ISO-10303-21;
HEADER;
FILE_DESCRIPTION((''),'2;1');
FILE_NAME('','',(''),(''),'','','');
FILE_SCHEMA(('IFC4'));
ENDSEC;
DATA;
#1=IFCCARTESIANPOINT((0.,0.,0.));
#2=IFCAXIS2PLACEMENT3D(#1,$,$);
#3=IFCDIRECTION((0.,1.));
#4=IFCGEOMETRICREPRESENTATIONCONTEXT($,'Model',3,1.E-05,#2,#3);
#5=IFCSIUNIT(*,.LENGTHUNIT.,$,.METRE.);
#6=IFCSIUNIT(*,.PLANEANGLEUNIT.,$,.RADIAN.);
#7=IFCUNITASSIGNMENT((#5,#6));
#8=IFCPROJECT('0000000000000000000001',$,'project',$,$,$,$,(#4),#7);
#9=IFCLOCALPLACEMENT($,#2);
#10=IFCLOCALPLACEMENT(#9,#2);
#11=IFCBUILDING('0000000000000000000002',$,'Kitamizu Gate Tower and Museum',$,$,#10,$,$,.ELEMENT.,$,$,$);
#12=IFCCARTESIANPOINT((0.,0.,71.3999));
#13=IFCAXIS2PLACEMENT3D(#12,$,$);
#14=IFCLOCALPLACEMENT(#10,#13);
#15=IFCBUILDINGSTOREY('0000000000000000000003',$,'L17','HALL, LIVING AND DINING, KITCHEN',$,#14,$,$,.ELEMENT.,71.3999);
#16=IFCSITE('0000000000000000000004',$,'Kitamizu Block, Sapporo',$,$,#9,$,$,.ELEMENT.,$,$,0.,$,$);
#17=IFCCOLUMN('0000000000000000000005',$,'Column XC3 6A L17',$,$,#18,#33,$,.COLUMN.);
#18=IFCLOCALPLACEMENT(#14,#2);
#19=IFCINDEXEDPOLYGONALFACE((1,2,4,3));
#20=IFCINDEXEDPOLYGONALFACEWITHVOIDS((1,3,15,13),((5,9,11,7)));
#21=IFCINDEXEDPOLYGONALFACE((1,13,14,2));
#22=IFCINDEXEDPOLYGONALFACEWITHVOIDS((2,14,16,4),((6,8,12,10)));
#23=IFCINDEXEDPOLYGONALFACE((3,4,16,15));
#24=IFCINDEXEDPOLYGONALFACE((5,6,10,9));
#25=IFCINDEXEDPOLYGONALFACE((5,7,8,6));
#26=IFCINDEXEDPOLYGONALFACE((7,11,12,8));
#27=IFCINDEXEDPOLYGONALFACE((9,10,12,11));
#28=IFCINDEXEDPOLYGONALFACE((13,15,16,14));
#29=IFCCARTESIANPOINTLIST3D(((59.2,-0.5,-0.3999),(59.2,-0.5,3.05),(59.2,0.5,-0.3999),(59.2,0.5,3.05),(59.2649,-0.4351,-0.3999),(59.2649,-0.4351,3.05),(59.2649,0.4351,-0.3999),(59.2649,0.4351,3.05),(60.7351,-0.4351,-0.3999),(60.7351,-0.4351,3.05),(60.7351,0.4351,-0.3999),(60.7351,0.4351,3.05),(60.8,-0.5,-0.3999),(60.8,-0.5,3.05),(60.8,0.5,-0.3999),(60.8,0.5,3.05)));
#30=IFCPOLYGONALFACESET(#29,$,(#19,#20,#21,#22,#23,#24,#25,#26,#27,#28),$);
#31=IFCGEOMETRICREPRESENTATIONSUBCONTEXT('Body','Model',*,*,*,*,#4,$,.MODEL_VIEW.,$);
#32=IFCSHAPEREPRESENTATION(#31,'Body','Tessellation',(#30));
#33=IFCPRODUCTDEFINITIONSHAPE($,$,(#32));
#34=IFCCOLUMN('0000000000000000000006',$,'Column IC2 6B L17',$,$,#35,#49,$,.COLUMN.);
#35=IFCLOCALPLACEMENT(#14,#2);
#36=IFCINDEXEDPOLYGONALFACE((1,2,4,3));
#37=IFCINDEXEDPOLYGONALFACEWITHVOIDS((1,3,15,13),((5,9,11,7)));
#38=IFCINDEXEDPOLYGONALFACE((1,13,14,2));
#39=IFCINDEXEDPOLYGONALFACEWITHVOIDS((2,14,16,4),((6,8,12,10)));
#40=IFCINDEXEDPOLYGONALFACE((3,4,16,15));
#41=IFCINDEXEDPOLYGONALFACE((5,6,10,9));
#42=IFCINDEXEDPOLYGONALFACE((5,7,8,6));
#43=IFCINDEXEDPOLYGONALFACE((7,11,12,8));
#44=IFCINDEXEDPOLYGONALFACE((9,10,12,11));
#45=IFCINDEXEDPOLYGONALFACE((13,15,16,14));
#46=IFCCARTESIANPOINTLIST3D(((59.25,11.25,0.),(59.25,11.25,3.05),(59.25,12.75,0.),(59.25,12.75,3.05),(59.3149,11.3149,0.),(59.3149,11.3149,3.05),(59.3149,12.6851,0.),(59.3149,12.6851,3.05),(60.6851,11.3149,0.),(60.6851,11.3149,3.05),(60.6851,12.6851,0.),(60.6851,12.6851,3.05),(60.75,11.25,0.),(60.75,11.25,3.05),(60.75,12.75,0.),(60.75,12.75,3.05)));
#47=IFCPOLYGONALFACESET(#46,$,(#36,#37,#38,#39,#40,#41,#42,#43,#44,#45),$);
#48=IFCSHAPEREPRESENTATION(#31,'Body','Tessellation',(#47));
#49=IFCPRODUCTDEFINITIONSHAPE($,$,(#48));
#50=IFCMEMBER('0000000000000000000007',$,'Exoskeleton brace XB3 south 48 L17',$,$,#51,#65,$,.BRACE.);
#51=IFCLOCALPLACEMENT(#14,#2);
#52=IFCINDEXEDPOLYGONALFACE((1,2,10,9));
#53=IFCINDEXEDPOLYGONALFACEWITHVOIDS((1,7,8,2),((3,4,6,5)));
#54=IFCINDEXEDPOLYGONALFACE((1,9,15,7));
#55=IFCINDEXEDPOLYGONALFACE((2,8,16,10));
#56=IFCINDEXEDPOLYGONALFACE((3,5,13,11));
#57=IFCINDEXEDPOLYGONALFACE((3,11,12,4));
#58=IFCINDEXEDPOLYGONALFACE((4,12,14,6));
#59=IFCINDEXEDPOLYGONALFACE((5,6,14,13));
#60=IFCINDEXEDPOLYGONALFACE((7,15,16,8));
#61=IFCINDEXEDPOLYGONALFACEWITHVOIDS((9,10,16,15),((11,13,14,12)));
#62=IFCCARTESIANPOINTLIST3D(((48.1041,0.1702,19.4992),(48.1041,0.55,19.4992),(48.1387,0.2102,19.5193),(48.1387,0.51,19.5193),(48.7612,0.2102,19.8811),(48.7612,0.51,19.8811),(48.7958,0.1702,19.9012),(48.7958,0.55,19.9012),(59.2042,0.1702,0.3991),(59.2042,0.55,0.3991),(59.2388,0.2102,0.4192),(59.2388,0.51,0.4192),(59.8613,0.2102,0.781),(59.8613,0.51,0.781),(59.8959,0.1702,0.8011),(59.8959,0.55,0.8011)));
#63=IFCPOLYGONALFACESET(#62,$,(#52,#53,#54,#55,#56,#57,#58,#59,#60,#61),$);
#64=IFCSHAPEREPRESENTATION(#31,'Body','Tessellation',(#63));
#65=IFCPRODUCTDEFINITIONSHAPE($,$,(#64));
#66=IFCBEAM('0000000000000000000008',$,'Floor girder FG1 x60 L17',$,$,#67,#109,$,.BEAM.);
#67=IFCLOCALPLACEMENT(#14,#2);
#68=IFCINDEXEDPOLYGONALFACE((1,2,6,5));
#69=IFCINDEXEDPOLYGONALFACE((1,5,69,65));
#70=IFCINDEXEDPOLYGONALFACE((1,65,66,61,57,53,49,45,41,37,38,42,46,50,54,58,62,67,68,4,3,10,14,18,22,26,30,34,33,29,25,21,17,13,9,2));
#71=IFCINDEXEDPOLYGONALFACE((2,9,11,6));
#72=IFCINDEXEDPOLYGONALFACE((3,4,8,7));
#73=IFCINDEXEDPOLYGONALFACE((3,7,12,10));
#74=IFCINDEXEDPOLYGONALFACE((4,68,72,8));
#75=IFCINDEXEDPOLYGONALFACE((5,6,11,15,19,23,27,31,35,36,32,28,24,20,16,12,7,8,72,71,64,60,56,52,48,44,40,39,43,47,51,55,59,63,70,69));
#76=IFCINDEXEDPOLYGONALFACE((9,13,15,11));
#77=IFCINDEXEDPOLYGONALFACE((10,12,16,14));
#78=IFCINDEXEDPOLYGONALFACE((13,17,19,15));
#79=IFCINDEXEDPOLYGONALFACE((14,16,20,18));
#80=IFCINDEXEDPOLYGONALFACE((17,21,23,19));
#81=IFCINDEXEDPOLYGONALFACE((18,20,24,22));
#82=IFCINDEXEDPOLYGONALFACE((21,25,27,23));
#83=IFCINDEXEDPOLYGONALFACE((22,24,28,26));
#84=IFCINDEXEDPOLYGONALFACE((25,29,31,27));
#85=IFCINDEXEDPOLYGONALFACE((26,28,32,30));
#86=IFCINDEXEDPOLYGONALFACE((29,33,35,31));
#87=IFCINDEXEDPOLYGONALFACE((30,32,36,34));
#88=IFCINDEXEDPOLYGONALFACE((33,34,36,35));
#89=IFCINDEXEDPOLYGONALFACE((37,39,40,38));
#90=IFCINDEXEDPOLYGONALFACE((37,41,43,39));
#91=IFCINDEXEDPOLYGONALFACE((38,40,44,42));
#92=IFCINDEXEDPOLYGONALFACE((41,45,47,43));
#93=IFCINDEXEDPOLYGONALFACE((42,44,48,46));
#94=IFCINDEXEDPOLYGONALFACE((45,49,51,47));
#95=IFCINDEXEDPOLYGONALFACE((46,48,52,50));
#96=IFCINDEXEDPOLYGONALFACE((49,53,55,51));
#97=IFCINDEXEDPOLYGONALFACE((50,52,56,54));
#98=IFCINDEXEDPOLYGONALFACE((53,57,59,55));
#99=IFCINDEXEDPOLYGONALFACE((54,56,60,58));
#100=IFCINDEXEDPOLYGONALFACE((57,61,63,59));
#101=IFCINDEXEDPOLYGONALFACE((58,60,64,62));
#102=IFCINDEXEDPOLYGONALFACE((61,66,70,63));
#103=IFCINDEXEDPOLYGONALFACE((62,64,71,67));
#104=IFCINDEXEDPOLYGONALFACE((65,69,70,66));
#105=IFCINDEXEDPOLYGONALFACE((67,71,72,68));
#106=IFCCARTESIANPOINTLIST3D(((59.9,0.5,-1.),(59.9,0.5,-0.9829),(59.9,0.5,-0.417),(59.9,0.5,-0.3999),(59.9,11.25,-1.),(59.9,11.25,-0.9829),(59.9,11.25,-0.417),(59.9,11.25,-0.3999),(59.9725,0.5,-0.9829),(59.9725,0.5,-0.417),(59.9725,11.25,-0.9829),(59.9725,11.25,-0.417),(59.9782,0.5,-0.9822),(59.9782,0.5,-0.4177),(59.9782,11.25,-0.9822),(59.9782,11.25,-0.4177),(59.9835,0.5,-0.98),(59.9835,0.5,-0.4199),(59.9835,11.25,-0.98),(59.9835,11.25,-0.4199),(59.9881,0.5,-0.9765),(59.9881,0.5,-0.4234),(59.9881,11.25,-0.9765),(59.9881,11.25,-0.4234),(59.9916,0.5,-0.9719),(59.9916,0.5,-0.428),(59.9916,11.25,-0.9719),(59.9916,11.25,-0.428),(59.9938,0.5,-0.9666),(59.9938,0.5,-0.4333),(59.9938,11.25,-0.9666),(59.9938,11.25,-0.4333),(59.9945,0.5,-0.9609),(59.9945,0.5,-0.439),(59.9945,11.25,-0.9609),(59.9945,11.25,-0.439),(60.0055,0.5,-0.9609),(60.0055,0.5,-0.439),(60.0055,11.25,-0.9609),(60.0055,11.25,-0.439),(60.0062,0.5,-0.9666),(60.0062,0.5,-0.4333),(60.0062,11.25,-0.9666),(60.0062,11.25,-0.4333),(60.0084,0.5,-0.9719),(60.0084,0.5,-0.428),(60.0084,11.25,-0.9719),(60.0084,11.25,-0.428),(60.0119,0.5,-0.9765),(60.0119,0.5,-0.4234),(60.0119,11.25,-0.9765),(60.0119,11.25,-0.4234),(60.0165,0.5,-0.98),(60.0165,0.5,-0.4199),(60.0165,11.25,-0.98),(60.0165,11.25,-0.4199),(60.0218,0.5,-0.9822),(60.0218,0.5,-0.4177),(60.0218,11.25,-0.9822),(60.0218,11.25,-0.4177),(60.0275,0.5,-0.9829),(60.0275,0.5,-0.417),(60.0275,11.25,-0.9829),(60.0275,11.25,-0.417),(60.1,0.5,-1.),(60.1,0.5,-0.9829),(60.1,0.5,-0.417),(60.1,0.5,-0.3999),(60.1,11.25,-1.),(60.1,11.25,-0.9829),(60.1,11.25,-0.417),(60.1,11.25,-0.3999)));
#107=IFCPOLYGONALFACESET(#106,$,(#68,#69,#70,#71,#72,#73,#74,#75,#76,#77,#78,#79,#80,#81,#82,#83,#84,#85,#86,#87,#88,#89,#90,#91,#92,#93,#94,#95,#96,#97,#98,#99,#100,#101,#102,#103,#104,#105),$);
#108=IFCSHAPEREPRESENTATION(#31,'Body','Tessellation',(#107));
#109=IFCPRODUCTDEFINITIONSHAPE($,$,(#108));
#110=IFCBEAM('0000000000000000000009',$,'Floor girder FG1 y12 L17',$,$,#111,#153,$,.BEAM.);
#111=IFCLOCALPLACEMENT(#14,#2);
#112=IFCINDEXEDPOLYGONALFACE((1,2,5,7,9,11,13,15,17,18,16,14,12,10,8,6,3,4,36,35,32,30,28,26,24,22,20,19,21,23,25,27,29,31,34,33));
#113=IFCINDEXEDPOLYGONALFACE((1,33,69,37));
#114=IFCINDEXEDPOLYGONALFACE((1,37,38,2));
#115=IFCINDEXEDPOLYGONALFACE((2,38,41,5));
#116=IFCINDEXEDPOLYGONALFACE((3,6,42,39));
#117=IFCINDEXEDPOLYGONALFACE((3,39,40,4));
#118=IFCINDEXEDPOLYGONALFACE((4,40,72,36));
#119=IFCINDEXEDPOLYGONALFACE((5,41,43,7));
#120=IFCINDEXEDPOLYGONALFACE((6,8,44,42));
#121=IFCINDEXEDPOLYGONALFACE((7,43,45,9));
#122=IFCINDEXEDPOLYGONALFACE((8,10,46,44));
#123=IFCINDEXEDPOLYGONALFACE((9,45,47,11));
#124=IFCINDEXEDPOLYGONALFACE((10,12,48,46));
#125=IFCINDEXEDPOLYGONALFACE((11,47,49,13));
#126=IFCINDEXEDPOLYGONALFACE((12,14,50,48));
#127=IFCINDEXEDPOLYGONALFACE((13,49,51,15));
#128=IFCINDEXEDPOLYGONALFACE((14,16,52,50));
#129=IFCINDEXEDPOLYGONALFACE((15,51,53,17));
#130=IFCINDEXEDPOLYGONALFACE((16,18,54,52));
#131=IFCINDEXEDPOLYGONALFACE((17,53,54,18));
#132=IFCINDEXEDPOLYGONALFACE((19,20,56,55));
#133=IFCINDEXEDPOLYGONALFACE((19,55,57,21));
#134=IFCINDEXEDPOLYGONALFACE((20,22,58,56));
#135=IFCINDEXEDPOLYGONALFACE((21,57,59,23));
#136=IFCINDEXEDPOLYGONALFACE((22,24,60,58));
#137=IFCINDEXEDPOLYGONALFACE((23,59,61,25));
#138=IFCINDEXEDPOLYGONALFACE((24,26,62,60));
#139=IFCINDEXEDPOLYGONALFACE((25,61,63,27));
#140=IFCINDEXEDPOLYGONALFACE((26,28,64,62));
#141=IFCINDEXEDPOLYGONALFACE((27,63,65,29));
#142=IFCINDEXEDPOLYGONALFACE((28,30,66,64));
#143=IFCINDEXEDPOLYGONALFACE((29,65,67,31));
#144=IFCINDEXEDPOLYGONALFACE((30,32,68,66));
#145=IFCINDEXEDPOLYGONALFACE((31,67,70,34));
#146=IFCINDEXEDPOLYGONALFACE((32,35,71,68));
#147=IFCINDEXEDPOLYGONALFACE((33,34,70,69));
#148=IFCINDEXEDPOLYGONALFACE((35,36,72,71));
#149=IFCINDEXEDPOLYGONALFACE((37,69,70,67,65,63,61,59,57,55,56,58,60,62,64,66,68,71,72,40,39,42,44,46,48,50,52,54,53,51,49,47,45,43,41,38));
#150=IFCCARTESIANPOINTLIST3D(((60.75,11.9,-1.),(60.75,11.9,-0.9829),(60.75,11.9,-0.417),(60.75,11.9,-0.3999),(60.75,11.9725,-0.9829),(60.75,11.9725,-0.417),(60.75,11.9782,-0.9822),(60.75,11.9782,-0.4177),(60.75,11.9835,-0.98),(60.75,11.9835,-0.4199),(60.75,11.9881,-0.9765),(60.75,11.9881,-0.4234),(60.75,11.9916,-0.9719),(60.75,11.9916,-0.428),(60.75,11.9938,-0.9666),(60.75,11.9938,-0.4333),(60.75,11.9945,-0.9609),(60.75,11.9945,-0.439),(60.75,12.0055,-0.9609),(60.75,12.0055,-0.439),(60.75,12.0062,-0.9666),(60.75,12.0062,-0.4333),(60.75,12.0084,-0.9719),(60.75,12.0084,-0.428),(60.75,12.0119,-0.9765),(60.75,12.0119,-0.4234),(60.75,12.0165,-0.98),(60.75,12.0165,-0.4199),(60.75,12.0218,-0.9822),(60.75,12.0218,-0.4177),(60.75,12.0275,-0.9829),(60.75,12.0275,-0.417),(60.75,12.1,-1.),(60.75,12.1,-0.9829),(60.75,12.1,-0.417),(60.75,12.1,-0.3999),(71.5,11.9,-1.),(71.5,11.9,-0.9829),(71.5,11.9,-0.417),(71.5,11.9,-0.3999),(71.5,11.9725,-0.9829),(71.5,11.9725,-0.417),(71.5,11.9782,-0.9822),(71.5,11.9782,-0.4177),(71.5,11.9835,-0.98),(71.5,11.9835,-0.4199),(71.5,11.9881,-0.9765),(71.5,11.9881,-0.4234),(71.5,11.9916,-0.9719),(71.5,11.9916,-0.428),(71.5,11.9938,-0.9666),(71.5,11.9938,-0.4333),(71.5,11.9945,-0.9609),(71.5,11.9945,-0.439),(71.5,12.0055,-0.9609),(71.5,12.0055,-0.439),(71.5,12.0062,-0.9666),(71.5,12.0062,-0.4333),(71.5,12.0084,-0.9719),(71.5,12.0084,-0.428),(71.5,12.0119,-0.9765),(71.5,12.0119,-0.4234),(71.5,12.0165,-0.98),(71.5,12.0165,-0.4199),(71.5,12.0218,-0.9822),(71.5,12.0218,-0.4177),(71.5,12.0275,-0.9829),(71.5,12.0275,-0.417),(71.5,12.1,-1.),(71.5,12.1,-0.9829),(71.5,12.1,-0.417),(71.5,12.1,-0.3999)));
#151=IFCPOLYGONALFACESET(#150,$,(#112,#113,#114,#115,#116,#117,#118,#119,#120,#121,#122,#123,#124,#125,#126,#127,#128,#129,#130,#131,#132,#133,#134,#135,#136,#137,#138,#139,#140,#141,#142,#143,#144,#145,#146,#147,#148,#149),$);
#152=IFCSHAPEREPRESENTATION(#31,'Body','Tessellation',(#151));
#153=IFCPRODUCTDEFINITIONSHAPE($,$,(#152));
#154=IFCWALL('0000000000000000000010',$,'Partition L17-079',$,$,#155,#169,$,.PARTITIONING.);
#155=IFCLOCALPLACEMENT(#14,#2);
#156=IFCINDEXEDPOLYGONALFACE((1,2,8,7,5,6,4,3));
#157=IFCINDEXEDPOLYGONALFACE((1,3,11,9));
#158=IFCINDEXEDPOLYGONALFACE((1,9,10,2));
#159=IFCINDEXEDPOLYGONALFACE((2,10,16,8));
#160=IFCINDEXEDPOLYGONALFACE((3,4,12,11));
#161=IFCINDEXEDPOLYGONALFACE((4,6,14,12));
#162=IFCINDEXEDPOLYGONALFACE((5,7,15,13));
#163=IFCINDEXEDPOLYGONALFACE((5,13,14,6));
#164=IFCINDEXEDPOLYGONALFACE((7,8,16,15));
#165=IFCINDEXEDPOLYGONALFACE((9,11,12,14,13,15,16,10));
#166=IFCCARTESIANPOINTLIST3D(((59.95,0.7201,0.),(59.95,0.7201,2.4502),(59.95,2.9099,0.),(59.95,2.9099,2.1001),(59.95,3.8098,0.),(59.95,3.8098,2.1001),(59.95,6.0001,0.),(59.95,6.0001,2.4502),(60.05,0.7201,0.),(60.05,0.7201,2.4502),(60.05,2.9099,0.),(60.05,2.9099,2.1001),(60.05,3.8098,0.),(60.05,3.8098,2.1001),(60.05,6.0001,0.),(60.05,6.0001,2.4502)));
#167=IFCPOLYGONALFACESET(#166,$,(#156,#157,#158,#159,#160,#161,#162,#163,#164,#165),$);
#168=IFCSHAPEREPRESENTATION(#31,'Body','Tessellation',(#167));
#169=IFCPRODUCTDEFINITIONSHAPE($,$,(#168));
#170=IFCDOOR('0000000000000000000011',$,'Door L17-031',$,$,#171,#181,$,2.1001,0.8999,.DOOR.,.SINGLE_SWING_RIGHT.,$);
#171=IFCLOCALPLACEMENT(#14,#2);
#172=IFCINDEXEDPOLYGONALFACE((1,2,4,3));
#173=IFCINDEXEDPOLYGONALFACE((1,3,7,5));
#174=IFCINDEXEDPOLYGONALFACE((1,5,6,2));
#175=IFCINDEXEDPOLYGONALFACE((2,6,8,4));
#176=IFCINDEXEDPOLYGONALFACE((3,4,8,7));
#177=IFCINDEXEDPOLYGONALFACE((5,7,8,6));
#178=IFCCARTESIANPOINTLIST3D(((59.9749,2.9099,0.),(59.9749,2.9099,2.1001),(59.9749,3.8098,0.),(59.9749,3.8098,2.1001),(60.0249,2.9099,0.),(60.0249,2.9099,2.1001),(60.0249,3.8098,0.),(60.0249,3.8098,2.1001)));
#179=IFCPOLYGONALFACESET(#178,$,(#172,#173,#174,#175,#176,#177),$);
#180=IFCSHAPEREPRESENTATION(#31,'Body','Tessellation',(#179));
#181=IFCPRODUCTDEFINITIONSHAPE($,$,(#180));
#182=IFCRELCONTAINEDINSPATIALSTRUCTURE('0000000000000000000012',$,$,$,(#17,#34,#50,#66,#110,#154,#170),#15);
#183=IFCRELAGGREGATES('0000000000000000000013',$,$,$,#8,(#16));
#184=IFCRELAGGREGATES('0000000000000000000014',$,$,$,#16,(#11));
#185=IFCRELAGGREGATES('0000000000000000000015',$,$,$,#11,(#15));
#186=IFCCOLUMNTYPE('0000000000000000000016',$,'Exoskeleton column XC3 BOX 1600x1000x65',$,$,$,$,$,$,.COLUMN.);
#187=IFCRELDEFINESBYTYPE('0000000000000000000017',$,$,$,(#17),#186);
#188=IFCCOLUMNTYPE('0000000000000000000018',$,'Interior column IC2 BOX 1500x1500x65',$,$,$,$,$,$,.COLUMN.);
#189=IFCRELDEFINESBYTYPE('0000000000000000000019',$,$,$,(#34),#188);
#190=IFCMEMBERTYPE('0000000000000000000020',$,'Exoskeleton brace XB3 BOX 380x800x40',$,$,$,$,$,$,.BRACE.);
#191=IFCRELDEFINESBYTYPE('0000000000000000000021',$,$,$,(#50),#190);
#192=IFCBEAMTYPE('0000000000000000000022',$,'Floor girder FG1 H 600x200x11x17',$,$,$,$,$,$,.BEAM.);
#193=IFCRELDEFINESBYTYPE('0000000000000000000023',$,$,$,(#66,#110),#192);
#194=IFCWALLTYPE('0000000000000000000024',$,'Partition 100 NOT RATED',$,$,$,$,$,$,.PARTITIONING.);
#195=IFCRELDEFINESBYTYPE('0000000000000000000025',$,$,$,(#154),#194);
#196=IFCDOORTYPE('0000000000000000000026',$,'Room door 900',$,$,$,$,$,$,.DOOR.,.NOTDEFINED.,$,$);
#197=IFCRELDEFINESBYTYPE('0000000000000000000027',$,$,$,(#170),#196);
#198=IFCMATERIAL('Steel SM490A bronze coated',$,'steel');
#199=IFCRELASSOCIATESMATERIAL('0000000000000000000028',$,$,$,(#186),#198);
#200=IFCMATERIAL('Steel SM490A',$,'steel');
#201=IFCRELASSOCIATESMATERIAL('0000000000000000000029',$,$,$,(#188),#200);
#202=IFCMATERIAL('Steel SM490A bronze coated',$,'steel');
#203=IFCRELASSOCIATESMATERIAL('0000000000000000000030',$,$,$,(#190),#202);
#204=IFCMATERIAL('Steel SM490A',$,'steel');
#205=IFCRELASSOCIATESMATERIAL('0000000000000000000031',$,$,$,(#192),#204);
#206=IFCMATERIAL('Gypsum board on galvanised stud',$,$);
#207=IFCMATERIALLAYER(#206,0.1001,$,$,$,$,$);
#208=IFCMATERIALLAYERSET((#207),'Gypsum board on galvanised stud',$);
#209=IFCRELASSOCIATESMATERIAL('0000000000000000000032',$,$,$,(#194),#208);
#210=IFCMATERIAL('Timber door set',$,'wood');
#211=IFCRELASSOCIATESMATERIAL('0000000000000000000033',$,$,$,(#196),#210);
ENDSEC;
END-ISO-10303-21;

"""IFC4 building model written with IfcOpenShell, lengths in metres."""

from ifc_helpers import new_model, si_unit, direction, frame, frame_2d, origin, origin_2d, place, context, subcontext, project, spatial, rectangle, hollow_rectangle, i_section, extrude, material, layer, layer_set, material_profile, profile_set, type_object, element, fill, save


model = new_model("IFC4")

# Units and contexts
model_context = context("Model", 3, precision=1e-05, world=origin(), true_north=direction((0.0, 1.0)))
body_context = subcontext(model_context, "Body", "Model", "MODEL_VIEW")
ifc_project = project(units=[si_unit("LENGTHUNIT", "METRE"), si_unit("PLANEANGLEUNIT", "RADIAN")], contexts=[model_context])

# Site, building, storey
site_placement = place(None, origin())
site = spatial("IfcSite", under=ifc_project, at=site_placement, Name="Kitamizu Block, Sapporo", CompositionType="ELEMENT", RefElevation=0.0)
building_placement = place(site_placement, origin())
building = spatial("IfcBuilding", under=site, at=building_placement, Name="Kitamizu Gate Tower and Museum", CompositionType="ELEMENT")
storey_placement = place(building_placement, frame((0.0, 0.0, 71.3999)))
storey = spatial("IfcBuildingStorey", under=building, at=storey_placement, Name="L17", Description="HALL, LIVING AND DINING, KITCHEN", CompositionType="ELEMENT", Elevation=71.3999)

# Columns
ifc_material_1 = material(Name="Steel SM490A bronze coated", Category="steel")
ifc_material_profile_1 = material_profile(ifc_material_1, hollow_rectangle(XDim=1.6001, YDim=1.0, WallThickness=0.0649, at=origin_2d()), Name="BOX 1600x1000x65")
ifc_profile_set_1 = profile_set([ifc_material_profile_1], Name="Steel SM490A bronze coated")
column_type_1 = type_object("IfcColumnType", Name="Exoskeleton column XC3 BOX 1600x1000x65", PredefinedType="COLUMN", material=ifc_profile_set_1)
column_1_placement = place(storey_placement, frame((60.0, 0.0, -0.3999), z_axis=(0.0, 0.0, 1.0), x_axis=(1.0, 0.0, 0.0)))
element("IfcColumn", 1, at=column_1_placement, inside=storey, type_object=column_type_1, Name="Column XC3 6A L17", PredefinedType="COLUMN", context=body_context, shape_type="SweptSolid", body=[
    extrude(hollow_rectangle(XDim=1.6001, YDim=1.0, WallThickness=0.0649, at=origin_2d()), origin(), (0.0, 0.0, 1.0), 3.45),
])
ifc_material_2 = material(Name="Steel SM490A", Category="steel")
ifc_material_profile_2 = material_profile(ifc_material_2, hollow_rectangle(XDim=1.5, YDim=1.5, WallThickness=0.0649, at=origin_2d()), Name="BOX 1500x1500x65")
ifc_profile_set_2 = profile_set([ifc_material_profile_2], Name="Steel SM490A")
column_type_2 = type_object("IfcColumnType", Name="Interior column IC2 BOX 1500x1500x65", PredefinedType="COLUMN", material=ifc_profile_set_2)
column_2_placement = place(storey_placement, frame((60.0, 12.0, 0.0), z_axis=(0.0, 0.0, 1.0), x_axis=(1.0, 0.0, 0.0)))
element("IfcColumn", 2, at=column_2_placement, inside=storey, type_object=column_type_2, Name="Column IC2 6B L17", PredefinedType="COLUMN", context=body_context, shape_type="SweptSolid", body=[
    extrude(hollow_rectangle(XDim=1.5, YDim=1.5, WallThickness=0.0649, at=origin_2d()), origin(), (0.0, 0.0, 1.0), 3.05),
])

# Member
ifc_material_3 = material(Name="Steel SM490A bronze coated", Category="steel")
ifc_material_profile_3 = material_profile(ifc_material_3, hollow_rectangle(XDim=0.3799, YDim=0.8, WallThickness=0.04, at=origin_2d()), Name="BOX 380x800x40")
ifc_profile_set_3 = profile_set([ifc_material_profile_3], Name="Steel SM490A bronze coated")
member_type = type_object("IfcMemberType", Name="Exoskeleton brace XB3 BOX 380x800x40", PredefinedType="BRACE", material=ifc_profile_set_3)
member_placement = place(storey_placement, frame((59.55, 0.3601, 0.6001), z_axis=(-0.502464, 0.0, 0.864598), x_axis=(0.0, -1.0, 0.0)))
element("IfcMember", 3, at=member_placement, inside=storey, type_object=member_type, Name="Exoskeleton brace XB3 south 48 L17", PredefinedType="BRACE", context=body_context, shape_type="SweptSolid", body=[
    extrude(hollow_rectangle(XDim=0.3799, YDim=0.8, WallThickness=0.04, at=origin_2d()), origin(), (0.0, 0.0, 1.0), 22.0913),
])

# Beams
ifc_material_4 = material(Name="Steel SM490A", Category="steel")
ifc_material_profile_4 = material_profile(ifc_material_4, i_section(OverallWidth=0.2, OverallDepth=0.6001, WebThickness=0.011, FlangeThickness=0.0171, FilletRadius=0.022, at=origin_2d()), Name="H-600x200x11x17")
ifc_profile_set_4 = profile_set([ifc_material_profile_4], Name="Steel SM490A")
beam_type = type_object("IfcBeamType", Name="Floor girder FG1 H 600x200x11x17", PredefinedType="BEAM", material=ifc_profile_set_4)
for number, where, z_axis, x_axis, name in (
    (4, (60.0, 0.5, -0.7), (0.0, 1.0, 0.0), (-1.0, 0.0, 0.0), "Floor girder FG1 x60 L17"),
    (5, (60.75, 12.0, -0.7), (1.0, 0.0, 0.0), (0.0, 1.0, 0.0), "Floor girder FG1 y12 L17"),
):
    element("IfcBeam", number, at=place(storey_placement, frame(where, z_axis=z_axis, x_axis=x_axis)), inside=storey, type_object=beam_type, Name=name, PredefinedType="BEAM", context=body_context, shape_type="SweptSolid", body=[
        extrude(i_section(OverallWidth=0.2, OverallDepth=0.6001, WebThickness=0.011, FlangeThickness=0.0171, FilletRadius=0.022, at=origin_2d()), origin(), (0.0, 0.0, 1.0), 10.75),
    ])

# Wall, opening, door
ifc_material_5 = material(Name="Gypsum board on galvanised stud")
ifc_layer_1 = layer(ifc_material_5, 0.1001)
ifc_layer_set_1 = layer_set([ifc_layer_1], Name="Gypsum board on galvanised stud")
wall_type_1 = type_object("IfcWallType", Name="Partition 100 NOT RATED", PredefinedType="PARTITIONING", material=ifc_layer_set_1)
wall_1_placement = place(storey_placement, frame((60.0, 0.72, 0.0), z_axis=(0.0, 0.0, 1.0), x_axis=(0.0, 1.0, 0.0)))
wall_1 = element("IfcWall", 6, at=wall_1_placement, inside=storey, type_object=wall_type_1, Name="Partition L17-079", PredefinedType="PARTITIONING", context=body_context, shape_type="SweptSolid", body=[
    extrude(rectangle(XDim=5.28, YDim=0.1001, at=frame_2d((2.6401, 0.0))), origin(), (0.0, 0.0, 1.0), 2.4502),
])
opening_1_placement = place(wall_1_placement, frame((2.1899, 0.0, 0.0)))
opening_1 = element("IfcOpeningElement", 7, at=opening_1_placement, cuts=wall_1, PredefinedType="OPENING", context=body_context, shape_type="SweptSolid", body=[
    extrude(rectangle(XDim=0.8999, YDim=2.1001, at=frame_2d((0.45, 1.05))), frame((0.0, 0.0601, 0.0), z_axis=(0.0, -1.0, 0.0), x_axis=(1.0, 0.0, 0.0)), (0.0, 0.0, 1.0), 0.1201),
])
ifc_material_6 = material(Name="Timber door set", Category="wood")
door_type = type_object("IfcDoorType", Name="Room door 900", OperationType="NOTDEFINED", PredefinedType="DOOR", material=ifc_material_6)
door_1_placement = place(opening_1_placement, frame((0.8999, 0.0, 0.0), x_axis=(-1.0, 0.0, 0.0)))
door_1 = element("IfcDoor", 8, at=door_1_placement, inside=storey, type_object=door_type, Name="Door L17-031", OperationType="SINGLE_SWING_RIGHT", OverallHeight=2.1001, OverallWidth=0.8999, PredefinedType="DOOR", context=body_context, shape_type="SweptSolid", body=[
    extrude(rectangle(XDim=0.8999, YDim=2.1001, at=frame_2d((0.45, 1.05))), frame((0.0, 0.0249, 0.0), z_axis=(0.0, -1.0, 0.0), x_axis=(1.0, 0.0, 0.0)), (0.0, 0.0, 1.0), 0.05),
])
fill(opening_1, door_1)

save(model, "model.ifc")
